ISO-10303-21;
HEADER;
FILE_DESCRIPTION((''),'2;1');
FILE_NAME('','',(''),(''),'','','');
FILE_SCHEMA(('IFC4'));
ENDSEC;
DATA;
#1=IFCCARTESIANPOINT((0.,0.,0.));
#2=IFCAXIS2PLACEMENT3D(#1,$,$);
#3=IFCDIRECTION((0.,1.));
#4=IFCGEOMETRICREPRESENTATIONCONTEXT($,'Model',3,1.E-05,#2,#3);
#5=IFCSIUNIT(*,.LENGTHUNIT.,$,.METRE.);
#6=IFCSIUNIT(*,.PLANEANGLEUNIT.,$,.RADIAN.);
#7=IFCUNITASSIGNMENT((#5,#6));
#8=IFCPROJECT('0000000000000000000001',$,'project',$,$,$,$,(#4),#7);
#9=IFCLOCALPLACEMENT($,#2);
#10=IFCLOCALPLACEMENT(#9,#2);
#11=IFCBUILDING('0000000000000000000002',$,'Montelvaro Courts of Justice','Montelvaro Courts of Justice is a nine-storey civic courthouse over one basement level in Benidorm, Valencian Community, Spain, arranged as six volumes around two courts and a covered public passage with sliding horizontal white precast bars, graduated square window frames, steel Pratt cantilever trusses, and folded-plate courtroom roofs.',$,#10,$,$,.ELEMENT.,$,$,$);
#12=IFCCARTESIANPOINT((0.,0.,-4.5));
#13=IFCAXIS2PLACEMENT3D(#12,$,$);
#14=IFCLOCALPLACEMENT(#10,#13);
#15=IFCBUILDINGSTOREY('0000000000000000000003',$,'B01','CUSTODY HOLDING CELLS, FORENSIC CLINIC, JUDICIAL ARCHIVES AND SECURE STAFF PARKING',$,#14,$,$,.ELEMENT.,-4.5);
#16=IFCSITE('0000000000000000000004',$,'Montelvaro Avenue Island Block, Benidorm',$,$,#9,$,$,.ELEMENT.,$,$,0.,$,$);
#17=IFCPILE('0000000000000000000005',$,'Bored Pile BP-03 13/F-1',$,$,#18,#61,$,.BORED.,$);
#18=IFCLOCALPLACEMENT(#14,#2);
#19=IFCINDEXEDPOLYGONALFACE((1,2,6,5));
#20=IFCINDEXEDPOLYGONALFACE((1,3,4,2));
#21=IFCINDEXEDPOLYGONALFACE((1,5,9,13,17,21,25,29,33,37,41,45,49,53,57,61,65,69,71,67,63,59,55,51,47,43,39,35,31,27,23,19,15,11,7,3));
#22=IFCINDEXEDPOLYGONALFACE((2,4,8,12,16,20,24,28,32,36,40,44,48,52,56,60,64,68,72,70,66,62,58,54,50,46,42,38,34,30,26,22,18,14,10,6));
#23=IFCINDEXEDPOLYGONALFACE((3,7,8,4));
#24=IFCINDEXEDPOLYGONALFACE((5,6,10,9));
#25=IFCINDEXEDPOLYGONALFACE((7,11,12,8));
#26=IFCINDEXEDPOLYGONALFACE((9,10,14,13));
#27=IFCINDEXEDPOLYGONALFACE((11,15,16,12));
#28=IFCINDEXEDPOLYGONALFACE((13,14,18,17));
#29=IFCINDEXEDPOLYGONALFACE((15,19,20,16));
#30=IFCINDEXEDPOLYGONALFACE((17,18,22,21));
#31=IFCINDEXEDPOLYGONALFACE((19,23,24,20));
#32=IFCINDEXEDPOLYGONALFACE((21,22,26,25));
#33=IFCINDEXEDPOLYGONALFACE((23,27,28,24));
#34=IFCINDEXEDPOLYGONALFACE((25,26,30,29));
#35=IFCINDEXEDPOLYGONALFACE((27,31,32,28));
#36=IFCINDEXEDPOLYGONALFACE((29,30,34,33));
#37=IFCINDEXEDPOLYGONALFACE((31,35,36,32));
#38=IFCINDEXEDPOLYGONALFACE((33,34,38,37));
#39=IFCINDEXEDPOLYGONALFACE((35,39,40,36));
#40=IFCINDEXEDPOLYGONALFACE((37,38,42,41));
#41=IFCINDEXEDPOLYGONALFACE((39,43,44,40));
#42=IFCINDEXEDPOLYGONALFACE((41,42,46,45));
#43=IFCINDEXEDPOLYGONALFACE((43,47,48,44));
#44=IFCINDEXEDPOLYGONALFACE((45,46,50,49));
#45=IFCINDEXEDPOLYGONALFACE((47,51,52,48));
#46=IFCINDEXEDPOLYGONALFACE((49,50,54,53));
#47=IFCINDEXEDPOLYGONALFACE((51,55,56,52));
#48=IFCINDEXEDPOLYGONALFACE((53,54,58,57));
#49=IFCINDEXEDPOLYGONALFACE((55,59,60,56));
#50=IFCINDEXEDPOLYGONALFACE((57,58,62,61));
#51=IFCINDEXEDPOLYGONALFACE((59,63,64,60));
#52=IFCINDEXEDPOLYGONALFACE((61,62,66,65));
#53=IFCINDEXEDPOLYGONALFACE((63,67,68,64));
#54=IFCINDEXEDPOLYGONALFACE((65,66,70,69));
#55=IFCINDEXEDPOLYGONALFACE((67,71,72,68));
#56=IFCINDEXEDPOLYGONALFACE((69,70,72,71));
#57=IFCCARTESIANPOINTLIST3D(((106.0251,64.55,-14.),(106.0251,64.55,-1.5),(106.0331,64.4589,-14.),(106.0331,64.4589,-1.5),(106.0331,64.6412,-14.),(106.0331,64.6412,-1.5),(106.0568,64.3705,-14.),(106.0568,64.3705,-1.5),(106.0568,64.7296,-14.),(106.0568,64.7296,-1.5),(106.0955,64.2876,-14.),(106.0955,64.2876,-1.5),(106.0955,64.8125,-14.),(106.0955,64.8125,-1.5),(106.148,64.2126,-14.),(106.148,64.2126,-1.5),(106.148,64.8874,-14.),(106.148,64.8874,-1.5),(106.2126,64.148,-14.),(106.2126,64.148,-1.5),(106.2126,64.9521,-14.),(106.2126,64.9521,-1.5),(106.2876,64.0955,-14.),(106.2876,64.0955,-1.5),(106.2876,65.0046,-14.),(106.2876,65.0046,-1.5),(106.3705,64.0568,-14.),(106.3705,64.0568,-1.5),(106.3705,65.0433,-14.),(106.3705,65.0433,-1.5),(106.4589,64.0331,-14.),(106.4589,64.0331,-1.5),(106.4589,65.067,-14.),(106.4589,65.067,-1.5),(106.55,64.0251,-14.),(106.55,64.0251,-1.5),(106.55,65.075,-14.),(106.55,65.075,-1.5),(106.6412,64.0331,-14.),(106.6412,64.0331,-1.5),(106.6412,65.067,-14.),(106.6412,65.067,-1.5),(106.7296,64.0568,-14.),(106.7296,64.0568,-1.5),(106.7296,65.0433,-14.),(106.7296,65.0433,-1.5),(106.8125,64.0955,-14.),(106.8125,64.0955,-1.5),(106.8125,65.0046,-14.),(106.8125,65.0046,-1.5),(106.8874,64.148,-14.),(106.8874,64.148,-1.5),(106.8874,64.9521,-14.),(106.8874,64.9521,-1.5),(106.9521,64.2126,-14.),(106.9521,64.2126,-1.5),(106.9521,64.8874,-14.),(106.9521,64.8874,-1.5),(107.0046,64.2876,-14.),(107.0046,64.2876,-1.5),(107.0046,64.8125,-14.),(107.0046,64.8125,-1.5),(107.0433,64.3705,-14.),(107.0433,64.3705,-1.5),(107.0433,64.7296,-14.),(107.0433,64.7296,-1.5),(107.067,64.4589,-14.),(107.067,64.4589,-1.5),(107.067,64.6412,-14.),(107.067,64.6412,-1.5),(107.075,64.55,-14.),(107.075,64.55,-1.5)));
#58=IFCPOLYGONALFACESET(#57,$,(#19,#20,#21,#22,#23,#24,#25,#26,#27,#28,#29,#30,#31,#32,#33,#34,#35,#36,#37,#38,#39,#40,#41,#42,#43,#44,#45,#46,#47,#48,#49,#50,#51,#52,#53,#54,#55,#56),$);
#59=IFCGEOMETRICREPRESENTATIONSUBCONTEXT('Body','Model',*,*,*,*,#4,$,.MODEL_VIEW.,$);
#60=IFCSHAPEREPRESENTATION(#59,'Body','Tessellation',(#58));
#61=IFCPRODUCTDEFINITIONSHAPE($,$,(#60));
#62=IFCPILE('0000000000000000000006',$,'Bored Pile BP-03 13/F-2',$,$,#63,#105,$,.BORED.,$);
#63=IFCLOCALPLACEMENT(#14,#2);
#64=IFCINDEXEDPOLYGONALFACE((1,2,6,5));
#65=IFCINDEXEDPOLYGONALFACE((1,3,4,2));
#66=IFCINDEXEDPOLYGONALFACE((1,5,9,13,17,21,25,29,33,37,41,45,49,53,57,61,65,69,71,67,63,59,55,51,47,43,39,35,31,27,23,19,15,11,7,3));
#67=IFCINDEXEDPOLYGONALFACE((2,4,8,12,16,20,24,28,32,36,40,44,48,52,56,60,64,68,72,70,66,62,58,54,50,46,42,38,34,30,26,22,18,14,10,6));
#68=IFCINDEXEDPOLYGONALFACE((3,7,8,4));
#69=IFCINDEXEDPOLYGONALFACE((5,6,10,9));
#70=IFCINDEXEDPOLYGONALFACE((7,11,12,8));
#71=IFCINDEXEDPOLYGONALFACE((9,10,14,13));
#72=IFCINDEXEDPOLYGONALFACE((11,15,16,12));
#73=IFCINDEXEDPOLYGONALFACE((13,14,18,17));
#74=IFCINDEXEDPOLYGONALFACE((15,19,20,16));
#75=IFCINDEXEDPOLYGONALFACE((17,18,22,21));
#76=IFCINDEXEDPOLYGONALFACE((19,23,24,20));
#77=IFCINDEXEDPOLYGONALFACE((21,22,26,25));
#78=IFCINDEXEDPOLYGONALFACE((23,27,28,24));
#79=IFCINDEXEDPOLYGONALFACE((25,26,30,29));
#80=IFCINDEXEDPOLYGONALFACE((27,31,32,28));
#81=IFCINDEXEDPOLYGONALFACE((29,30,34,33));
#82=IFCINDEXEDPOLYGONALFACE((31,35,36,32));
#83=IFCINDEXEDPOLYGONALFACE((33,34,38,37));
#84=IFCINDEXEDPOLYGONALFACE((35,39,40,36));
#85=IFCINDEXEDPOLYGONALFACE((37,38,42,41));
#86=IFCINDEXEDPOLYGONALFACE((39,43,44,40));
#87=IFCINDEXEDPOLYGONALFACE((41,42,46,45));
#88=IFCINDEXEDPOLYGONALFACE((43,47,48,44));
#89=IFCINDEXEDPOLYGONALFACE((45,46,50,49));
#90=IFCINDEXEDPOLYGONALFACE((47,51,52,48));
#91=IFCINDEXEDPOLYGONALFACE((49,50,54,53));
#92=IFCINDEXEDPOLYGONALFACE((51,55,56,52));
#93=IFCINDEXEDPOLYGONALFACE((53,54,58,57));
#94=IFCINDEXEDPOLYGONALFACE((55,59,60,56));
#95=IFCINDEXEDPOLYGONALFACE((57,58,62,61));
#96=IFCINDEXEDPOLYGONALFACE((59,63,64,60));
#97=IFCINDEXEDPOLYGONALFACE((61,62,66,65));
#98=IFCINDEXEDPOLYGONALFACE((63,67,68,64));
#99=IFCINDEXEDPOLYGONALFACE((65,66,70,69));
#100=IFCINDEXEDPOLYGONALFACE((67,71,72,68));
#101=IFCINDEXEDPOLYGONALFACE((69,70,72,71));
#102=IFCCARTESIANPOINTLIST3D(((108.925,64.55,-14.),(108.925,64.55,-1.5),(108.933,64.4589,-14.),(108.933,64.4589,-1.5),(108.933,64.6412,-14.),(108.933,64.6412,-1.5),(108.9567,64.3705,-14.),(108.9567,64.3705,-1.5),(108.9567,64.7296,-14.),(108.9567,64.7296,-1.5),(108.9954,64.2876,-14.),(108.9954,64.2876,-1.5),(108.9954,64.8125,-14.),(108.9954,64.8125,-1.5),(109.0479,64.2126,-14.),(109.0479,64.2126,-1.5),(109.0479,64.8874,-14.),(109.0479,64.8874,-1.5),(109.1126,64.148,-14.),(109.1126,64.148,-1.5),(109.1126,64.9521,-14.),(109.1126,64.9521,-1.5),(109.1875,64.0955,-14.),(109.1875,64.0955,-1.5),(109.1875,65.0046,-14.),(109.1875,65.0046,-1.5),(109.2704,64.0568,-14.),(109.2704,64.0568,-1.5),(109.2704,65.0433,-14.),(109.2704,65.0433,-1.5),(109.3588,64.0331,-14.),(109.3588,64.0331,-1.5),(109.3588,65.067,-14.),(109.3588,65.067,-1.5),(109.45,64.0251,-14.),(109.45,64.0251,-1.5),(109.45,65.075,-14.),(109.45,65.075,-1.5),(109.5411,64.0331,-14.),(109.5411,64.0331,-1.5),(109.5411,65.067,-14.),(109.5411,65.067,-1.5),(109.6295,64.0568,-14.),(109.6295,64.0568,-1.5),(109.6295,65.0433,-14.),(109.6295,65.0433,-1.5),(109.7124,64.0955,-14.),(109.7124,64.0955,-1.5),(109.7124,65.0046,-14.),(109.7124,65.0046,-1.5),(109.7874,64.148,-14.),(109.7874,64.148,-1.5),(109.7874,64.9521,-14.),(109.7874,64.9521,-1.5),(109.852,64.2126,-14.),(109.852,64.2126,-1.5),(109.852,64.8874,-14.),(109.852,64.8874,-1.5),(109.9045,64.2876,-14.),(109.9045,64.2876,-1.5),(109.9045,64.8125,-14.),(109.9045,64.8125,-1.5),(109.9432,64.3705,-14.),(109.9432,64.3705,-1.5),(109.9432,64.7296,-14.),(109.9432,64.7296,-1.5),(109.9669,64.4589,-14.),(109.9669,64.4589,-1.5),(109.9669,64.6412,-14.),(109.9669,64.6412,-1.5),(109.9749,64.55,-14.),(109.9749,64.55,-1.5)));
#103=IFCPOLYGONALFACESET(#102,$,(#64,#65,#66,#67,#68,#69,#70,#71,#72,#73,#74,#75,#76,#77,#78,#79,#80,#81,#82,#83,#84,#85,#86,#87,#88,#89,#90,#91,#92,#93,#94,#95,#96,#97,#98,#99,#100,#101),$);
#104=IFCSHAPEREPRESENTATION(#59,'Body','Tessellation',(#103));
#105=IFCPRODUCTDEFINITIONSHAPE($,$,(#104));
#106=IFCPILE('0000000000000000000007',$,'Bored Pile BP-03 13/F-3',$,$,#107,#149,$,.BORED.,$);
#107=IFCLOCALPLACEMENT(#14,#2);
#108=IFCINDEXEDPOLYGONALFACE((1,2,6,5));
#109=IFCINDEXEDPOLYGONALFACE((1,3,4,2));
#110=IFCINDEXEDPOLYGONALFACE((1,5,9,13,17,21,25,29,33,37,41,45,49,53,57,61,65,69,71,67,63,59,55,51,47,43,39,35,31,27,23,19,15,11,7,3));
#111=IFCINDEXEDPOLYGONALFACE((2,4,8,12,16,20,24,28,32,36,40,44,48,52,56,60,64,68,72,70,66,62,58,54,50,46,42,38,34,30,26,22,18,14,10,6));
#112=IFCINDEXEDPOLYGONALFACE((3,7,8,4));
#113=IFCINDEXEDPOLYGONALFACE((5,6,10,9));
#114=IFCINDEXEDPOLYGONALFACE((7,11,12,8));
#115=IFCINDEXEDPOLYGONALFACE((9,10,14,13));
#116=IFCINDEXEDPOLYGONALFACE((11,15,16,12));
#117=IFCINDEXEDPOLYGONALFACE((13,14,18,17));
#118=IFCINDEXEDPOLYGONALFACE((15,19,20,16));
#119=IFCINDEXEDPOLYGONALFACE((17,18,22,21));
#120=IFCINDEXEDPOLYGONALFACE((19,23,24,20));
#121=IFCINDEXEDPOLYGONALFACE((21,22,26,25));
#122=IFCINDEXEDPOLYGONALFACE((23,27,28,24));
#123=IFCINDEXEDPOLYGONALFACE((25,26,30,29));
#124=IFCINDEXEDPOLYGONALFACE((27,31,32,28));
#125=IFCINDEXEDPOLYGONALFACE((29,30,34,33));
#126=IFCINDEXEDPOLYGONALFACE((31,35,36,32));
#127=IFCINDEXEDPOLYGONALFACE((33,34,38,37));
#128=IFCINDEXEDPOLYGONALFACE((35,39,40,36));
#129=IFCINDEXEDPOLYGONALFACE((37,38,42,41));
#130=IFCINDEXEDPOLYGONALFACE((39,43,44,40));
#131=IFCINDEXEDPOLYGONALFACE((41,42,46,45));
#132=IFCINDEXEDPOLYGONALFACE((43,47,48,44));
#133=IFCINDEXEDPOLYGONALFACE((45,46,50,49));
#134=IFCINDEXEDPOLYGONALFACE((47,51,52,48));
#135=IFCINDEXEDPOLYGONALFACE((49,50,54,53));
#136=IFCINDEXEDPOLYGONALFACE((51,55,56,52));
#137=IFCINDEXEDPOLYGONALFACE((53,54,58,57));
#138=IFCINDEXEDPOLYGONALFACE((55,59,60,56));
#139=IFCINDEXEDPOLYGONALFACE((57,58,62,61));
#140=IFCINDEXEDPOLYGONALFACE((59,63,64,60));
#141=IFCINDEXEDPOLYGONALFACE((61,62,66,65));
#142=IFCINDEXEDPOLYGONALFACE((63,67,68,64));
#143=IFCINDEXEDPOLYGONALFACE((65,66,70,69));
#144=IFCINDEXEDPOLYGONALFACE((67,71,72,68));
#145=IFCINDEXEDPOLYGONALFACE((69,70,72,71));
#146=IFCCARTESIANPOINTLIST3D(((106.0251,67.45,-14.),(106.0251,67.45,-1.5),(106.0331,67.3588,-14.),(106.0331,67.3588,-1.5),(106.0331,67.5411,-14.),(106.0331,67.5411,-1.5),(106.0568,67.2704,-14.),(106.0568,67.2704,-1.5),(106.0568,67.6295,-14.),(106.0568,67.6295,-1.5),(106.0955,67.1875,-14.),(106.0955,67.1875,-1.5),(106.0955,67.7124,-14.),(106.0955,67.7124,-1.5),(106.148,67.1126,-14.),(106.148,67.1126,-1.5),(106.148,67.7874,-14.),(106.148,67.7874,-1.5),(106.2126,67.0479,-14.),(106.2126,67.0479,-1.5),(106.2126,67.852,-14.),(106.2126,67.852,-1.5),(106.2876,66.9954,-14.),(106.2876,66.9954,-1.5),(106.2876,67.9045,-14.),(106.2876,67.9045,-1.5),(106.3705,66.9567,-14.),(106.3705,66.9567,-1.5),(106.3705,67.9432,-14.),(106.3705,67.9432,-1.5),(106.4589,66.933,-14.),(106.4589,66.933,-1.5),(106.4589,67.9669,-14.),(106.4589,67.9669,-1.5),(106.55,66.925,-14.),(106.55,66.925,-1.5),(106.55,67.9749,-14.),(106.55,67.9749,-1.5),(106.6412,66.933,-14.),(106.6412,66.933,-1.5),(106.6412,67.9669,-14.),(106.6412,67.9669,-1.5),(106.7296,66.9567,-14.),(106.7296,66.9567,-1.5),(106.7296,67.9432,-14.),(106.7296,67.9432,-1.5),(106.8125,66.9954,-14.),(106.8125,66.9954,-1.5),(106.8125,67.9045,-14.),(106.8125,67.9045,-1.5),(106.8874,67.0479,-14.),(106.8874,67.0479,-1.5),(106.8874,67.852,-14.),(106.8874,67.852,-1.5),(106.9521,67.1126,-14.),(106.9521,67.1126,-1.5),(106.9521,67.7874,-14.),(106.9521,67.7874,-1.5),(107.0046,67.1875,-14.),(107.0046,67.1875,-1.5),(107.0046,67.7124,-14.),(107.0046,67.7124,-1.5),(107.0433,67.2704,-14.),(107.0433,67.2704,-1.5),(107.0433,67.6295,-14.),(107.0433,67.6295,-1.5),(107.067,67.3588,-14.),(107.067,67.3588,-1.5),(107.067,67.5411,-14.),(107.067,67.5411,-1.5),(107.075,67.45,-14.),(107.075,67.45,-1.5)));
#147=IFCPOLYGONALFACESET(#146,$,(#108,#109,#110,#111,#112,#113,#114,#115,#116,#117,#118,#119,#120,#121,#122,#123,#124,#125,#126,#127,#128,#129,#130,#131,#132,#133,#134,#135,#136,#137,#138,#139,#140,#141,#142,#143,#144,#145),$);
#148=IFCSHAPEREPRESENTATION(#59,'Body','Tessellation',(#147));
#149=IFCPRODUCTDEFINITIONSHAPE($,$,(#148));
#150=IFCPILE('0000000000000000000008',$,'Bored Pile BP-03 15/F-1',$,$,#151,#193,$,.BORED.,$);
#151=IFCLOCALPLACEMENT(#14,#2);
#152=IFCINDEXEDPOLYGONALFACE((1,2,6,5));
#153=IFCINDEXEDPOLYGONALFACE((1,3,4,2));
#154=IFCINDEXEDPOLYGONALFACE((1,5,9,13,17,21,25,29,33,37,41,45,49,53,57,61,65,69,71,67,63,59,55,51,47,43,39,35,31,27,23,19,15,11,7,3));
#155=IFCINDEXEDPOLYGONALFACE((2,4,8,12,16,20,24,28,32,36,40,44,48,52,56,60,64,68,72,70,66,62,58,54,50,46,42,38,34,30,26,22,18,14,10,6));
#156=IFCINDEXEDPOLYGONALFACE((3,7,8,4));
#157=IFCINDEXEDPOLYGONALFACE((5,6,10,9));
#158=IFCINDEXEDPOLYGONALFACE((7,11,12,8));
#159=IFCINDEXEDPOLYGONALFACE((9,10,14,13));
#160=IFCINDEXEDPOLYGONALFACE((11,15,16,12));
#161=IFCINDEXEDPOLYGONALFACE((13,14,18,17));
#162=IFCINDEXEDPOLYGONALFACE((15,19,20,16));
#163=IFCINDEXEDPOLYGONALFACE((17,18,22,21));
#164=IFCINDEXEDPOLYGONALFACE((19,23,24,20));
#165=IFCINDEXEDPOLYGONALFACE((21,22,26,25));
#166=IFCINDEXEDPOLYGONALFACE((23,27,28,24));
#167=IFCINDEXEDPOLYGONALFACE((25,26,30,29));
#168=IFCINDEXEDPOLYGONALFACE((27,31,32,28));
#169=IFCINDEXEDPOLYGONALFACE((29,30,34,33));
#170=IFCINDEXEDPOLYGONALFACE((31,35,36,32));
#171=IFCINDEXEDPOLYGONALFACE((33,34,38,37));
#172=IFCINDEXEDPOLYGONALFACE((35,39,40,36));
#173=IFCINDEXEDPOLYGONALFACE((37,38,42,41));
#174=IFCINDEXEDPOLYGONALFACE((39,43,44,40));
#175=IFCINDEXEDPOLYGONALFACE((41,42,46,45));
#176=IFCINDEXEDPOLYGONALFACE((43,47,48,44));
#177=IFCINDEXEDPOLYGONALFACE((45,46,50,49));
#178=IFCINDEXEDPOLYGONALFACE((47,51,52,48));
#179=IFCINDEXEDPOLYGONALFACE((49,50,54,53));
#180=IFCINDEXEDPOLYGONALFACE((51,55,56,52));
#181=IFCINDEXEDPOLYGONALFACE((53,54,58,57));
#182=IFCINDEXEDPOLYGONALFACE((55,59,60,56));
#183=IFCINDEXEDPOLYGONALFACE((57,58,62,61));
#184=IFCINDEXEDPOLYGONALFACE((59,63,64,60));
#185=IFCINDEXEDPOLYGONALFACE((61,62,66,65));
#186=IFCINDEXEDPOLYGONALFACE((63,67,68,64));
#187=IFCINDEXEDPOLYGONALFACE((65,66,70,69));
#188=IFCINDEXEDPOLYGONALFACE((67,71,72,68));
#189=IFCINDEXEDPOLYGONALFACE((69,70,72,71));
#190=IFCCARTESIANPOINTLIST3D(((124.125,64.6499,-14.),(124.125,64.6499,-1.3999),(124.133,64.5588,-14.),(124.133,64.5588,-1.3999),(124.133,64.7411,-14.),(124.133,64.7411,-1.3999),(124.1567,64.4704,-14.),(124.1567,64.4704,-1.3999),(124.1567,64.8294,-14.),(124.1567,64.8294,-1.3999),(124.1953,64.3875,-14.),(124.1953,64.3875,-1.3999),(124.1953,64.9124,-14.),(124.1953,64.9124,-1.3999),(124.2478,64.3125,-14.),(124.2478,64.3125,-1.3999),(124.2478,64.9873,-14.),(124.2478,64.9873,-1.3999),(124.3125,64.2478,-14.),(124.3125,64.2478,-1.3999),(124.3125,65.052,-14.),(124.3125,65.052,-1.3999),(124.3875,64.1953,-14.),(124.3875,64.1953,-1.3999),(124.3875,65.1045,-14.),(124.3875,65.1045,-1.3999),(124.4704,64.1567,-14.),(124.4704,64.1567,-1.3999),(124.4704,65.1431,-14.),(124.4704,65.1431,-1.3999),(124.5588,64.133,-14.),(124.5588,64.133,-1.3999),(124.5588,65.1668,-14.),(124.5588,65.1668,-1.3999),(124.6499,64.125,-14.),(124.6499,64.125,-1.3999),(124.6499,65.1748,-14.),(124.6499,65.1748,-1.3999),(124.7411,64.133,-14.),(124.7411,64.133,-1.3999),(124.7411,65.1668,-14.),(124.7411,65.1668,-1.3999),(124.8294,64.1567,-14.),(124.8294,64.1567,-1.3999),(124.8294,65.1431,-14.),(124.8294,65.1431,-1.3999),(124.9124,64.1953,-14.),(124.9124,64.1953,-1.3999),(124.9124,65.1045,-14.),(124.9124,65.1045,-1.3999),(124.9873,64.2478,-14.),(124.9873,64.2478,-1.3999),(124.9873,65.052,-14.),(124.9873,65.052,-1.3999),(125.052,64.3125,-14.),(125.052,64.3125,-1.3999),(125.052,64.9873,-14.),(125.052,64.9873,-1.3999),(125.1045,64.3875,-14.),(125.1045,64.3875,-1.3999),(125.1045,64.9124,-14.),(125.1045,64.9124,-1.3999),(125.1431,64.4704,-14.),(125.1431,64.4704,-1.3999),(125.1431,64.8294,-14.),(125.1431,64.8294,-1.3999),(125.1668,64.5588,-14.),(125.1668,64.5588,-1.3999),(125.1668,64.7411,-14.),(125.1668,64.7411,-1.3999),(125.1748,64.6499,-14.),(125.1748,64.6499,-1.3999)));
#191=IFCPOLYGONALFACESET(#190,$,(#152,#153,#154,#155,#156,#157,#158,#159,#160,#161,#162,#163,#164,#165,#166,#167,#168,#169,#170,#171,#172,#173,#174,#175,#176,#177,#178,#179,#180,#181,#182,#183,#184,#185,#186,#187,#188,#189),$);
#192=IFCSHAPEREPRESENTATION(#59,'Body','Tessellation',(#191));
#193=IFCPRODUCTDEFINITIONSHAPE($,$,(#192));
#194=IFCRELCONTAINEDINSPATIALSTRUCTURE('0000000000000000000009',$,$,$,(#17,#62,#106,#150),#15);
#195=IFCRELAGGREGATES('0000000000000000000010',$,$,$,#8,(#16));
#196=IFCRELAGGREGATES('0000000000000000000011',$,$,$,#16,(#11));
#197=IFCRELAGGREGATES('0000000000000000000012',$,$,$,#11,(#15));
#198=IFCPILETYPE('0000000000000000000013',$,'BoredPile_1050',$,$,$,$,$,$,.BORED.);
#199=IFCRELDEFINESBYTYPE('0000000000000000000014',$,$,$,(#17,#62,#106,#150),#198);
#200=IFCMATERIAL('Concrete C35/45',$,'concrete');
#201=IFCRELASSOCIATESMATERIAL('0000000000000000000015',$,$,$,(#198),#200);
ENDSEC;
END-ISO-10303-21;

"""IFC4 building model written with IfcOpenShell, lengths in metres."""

from ifc_helpers import new_model, si_unit, direction, frame, origin, origin_2d, place, context, subcontext, project, spatial, circle, extrude, material, material_profile, profile_set, type_object, element, save


model = new_model("IFC4")

# Units and contexts
model_context = context("Model", 3, precision=1e-05, world=origin(), true_north=direction((0.0, 1.0)))
body_context = subcontext(model_context, "Body", "Model", "MODEL_VIEW")
ifc_project = project(units=[si_unit("LENGTHUNIT", "METRE"), si_unit("PLANEANGLEUNIT", "RADIAN")], contexts=[model_context])

# Site, building, storey
site_placement = place(None, origin())
site = spatial("IfcSite", under=ifc_project, at=site_placement, Name="Montelvaro Avenue Island Block, Benidorm", CompositionType="ELEMENT", RefElevation=0.0)
building_placement = place(site_placement, origin())
building = spatial("IfcBuilding", under=site, at=building_placement, Name="Montelvaro Courts of Justice", Description="Montelvaro Courts of Justice is a nine-storey civic courthouse over one basement level in Benidorm, Valencian Community, Spain, arranged as six volumes around two courts and a covered public passage with sliding horizontal white precast bars, graduated square window frames, steel Pratt cantilever trusses, and folded-plate courtroom roofs.", CompositionType="ELEMENT")
storey_placement = place(building_placement, frame((0.0, 0.0, -4.5)))
storey = spatial("IfcBuildingStorey", under=building, at=storey_placement, Name="B01", Description="CUSTODY HOLDING CELLS, FORENSIC CLINIC, JUDICIAL ARCHIVES AND SECURE STAFF PARKING", CompositionType="ELEMENT", Elevation=-4.5)

# Piles
ifc_material_1 = material(Name="Concrete C35/45", Category="concrete")
ifc_material_profile_1 = material_profile(ifc_material_1, circle(Radius=0.5249, at=origin_2d()), Name="BORED PILE D1050")
ifc_profile_set_1 = profile_set([ifc_material_profile_1], Name="Concrete C35/45")
pile_type_1 = type_object("IfcPileType", Name="BoredPile_1050", PredefinedType="BORED", material=ifc_profile_set_1)
for number, where, z_axis, x_axis, name in (
    (1, (106.55, 64.55, -1.5), (0.0, 0.0, -1.0), (1.0, 0.0, 0.0), "Bored Pile BP-03 13/F-1"),
    (2, (109.45, 64.55, -1.5), (0.0, 0.0, -1.0), (1.0, 0.0, 0.0), "Bored Pile BP-03 13/F-2"),
    (3, (106.55, 67.45, -1.5), (0.0, 0.0, -1.0), (1.0, 0.0, 0.0), "Bored Pile BP-03 13/F-3"),
):
    element("IfcPile", number, at=place(storey_placement, frame(where, z_axis=z_axis, x_axis=x_axis)), inside=storey, type_object=pile_type_1, Name=name, PredefinedType="BORED", context=body_context, shape_type="SweptSolid", body=[
        extrude(circle(Radius=0.5249, at=origin_2d()), origin(), (0.0, 0.0, 1.0), 12.5),
    ])
pile_1_placement = place(storey_placement, frame((124.6499, 64.6499, -1.3999), z_axis=(0.0, 0.0, -1.0), x_axis=(1.0, 0.0, 0.0)))
element("IfcPile", 4, at=pile_1_placement, inside=storey, type_object=pile_type_1, Name="Bored Pile BP-03 15/F-1", PredefinedType="BORED", context=body_context, shape_type="SweptSolid", body=[
    extrude(circle(Radius=0.5249, at=origin_2d()), origin(), (0.0, 0.0, 1.0), 12.6001),
])

save(model, "model.ifc")
